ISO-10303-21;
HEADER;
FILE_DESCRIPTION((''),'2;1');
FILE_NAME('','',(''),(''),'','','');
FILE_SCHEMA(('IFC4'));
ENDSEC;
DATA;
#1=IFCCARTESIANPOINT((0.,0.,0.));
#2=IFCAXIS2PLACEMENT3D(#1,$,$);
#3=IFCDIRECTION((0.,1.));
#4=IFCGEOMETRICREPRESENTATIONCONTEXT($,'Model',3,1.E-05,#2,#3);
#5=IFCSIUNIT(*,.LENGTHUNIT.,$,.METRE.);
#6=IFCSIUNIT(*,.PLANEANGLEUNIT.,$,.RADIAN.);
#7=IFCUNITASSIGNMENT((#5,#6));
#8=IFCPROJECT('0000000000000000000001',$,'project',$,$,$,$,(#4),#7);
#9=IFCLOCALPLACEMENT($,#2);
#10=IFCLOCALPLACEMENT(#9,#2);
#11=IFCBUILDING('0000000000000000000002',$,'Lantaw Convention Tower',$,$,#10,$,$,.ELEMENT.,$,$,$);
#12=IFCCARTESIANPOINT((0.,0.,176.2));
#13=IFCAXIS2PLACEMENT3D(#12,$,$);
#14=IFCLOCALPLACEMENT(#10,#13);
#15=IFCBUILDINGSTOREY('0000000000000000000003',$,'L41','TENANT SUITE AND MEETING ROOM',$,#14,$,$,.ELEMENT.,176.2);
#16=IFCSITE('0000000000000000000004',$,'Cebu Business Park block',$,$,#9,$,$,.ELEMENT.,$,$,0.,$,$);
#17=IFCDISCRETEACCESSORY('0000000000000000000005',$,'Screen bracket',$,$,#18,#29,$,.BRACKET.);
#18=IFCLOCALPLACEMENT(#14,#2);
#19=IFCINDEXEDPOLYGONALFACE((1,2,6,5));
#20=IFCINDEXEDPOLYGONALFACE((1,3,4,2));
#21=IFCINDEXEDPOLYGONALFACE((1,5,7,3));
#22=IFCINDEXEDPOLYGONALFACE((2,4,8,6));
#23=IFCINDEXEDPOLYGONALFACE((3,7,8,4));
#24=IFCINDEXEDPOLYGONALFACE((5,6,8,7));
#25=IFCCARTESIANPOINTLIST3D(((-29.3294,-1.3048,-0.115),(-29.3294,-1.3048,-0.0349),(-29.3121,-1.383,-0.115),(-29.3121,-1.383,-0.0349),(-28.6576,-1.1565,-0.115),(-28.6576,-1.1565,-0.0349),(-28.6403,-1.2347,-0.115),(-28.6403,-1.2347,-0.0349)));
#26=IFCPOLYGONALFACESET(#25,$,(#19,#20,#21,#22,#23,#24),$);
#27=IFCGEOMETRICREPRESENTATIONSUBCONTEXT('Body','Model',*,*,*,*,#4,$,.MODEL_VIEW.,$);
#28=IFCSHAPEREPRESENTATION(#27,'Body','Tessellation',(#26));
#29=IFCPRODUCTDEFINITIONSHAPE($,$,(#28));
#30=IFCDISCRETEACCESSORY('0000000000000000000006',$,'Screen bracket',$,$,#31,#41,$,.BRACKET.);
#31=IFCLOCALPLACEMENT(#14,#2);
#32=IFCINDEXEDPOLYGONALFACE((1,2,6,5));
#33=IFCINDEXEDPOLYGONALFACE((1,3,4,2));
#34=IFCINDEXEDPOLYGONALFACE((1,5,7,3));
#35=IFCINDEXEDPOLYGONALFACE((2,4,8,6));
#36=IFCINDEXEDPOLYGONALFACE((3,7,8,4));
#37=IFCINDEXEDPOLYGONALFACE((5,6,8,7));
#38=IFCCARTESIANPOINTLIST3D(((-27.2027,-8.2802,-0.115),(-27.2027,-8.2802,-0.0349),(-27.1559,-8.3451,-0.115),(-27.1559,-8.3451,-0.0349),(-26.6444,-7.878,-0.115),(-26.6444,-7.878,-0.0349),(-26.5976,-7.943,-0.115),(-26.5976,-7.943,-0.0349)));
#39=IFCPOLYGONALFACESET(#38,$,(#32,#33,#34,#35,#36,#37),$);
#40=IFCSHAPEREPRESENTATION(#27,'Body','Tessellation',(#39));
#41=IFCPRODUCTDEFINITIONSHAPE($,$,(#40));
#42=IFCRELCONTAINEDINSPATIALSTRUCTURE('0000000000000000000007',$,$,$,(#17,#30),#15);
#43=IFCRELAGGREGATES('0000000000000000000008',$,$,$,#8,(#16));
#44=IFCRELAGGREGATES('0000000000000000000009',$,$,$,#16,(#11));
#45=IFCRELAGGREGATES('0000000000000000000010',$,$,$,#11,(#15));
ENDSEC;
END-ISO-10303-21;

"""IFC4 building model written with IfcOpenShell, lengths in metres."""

from ifc_helpers import new_model, si_unit, direction, frame, origin, origin_2d, place, context, subcontext, project, spatial, rectangle, extrude, element, save


model = new_model("IFC4")

# Units and contexts
model_context = context("Model", 3, precision=1e-05, world=origin(), true_north=direction((0.0, 1.0)))
body_context = subcontext(model_context, "Body", "Model", "MODEL_VIEW")
ifc_project = project(units=[si_unit("LENGTHUNIT", "METRE"), si_unit("PLANEANGLEUNIT", "RADIAN")], contexts=[model_context])

# Site, building, storey
site_placement = place(None, origin())
site = spatial("IfcSite", under=ifc_project, at=site_placement, Name="Cebu Business Park block", CompositionType="ELEMENT", RefElevation=0.0)
building_placement = place(site_placement, origin())
building = spatial("IfcBuilding", under=site, at=building_placement, Name="Lantaw Convention Tower", CompositionType="ELEMENT")
storey_placement = place(building_placement, frame((0.0, 0.0, 176.2)))
storey = spatial("IfcBuildingStorey", under=building, at=storey_placement, Name="L41", Description="TENANT SUITE AND MEETING ROOM", CompositionType="ELEMENT", Elevation=176.2)

# Discrete accessories
for number, where, z_axis, x_axis, name in (
    (1, (-28.9849, -1.2698, -0.115), (0.0, 0.0, 1.0), (0.215546, -0.976494, 0.0), "Screen bracket"),
    (2, (-26.9001, -8.1116, -0.115), (0.0, 0.0, 1.0), (0.584513, -0.811385, 0.0), "Screen bracket"),
):
    element("IfcDiscreteAccessory", number, at=place(storey_placement, frame(where, z_axis=z_axis, x_axis=x_axis)), inside=storey, Name=name, PredefinedType="BRACKET", context=body_context, shape_type="SweptSolid", body=[
        extrude(rectangle(XDim=0.0801, YDim=0.688, at=origin_2d()), origin(), (0.0, 0.0, 1.0), 0.0801),
    ])

save(model, "model.ifc")
